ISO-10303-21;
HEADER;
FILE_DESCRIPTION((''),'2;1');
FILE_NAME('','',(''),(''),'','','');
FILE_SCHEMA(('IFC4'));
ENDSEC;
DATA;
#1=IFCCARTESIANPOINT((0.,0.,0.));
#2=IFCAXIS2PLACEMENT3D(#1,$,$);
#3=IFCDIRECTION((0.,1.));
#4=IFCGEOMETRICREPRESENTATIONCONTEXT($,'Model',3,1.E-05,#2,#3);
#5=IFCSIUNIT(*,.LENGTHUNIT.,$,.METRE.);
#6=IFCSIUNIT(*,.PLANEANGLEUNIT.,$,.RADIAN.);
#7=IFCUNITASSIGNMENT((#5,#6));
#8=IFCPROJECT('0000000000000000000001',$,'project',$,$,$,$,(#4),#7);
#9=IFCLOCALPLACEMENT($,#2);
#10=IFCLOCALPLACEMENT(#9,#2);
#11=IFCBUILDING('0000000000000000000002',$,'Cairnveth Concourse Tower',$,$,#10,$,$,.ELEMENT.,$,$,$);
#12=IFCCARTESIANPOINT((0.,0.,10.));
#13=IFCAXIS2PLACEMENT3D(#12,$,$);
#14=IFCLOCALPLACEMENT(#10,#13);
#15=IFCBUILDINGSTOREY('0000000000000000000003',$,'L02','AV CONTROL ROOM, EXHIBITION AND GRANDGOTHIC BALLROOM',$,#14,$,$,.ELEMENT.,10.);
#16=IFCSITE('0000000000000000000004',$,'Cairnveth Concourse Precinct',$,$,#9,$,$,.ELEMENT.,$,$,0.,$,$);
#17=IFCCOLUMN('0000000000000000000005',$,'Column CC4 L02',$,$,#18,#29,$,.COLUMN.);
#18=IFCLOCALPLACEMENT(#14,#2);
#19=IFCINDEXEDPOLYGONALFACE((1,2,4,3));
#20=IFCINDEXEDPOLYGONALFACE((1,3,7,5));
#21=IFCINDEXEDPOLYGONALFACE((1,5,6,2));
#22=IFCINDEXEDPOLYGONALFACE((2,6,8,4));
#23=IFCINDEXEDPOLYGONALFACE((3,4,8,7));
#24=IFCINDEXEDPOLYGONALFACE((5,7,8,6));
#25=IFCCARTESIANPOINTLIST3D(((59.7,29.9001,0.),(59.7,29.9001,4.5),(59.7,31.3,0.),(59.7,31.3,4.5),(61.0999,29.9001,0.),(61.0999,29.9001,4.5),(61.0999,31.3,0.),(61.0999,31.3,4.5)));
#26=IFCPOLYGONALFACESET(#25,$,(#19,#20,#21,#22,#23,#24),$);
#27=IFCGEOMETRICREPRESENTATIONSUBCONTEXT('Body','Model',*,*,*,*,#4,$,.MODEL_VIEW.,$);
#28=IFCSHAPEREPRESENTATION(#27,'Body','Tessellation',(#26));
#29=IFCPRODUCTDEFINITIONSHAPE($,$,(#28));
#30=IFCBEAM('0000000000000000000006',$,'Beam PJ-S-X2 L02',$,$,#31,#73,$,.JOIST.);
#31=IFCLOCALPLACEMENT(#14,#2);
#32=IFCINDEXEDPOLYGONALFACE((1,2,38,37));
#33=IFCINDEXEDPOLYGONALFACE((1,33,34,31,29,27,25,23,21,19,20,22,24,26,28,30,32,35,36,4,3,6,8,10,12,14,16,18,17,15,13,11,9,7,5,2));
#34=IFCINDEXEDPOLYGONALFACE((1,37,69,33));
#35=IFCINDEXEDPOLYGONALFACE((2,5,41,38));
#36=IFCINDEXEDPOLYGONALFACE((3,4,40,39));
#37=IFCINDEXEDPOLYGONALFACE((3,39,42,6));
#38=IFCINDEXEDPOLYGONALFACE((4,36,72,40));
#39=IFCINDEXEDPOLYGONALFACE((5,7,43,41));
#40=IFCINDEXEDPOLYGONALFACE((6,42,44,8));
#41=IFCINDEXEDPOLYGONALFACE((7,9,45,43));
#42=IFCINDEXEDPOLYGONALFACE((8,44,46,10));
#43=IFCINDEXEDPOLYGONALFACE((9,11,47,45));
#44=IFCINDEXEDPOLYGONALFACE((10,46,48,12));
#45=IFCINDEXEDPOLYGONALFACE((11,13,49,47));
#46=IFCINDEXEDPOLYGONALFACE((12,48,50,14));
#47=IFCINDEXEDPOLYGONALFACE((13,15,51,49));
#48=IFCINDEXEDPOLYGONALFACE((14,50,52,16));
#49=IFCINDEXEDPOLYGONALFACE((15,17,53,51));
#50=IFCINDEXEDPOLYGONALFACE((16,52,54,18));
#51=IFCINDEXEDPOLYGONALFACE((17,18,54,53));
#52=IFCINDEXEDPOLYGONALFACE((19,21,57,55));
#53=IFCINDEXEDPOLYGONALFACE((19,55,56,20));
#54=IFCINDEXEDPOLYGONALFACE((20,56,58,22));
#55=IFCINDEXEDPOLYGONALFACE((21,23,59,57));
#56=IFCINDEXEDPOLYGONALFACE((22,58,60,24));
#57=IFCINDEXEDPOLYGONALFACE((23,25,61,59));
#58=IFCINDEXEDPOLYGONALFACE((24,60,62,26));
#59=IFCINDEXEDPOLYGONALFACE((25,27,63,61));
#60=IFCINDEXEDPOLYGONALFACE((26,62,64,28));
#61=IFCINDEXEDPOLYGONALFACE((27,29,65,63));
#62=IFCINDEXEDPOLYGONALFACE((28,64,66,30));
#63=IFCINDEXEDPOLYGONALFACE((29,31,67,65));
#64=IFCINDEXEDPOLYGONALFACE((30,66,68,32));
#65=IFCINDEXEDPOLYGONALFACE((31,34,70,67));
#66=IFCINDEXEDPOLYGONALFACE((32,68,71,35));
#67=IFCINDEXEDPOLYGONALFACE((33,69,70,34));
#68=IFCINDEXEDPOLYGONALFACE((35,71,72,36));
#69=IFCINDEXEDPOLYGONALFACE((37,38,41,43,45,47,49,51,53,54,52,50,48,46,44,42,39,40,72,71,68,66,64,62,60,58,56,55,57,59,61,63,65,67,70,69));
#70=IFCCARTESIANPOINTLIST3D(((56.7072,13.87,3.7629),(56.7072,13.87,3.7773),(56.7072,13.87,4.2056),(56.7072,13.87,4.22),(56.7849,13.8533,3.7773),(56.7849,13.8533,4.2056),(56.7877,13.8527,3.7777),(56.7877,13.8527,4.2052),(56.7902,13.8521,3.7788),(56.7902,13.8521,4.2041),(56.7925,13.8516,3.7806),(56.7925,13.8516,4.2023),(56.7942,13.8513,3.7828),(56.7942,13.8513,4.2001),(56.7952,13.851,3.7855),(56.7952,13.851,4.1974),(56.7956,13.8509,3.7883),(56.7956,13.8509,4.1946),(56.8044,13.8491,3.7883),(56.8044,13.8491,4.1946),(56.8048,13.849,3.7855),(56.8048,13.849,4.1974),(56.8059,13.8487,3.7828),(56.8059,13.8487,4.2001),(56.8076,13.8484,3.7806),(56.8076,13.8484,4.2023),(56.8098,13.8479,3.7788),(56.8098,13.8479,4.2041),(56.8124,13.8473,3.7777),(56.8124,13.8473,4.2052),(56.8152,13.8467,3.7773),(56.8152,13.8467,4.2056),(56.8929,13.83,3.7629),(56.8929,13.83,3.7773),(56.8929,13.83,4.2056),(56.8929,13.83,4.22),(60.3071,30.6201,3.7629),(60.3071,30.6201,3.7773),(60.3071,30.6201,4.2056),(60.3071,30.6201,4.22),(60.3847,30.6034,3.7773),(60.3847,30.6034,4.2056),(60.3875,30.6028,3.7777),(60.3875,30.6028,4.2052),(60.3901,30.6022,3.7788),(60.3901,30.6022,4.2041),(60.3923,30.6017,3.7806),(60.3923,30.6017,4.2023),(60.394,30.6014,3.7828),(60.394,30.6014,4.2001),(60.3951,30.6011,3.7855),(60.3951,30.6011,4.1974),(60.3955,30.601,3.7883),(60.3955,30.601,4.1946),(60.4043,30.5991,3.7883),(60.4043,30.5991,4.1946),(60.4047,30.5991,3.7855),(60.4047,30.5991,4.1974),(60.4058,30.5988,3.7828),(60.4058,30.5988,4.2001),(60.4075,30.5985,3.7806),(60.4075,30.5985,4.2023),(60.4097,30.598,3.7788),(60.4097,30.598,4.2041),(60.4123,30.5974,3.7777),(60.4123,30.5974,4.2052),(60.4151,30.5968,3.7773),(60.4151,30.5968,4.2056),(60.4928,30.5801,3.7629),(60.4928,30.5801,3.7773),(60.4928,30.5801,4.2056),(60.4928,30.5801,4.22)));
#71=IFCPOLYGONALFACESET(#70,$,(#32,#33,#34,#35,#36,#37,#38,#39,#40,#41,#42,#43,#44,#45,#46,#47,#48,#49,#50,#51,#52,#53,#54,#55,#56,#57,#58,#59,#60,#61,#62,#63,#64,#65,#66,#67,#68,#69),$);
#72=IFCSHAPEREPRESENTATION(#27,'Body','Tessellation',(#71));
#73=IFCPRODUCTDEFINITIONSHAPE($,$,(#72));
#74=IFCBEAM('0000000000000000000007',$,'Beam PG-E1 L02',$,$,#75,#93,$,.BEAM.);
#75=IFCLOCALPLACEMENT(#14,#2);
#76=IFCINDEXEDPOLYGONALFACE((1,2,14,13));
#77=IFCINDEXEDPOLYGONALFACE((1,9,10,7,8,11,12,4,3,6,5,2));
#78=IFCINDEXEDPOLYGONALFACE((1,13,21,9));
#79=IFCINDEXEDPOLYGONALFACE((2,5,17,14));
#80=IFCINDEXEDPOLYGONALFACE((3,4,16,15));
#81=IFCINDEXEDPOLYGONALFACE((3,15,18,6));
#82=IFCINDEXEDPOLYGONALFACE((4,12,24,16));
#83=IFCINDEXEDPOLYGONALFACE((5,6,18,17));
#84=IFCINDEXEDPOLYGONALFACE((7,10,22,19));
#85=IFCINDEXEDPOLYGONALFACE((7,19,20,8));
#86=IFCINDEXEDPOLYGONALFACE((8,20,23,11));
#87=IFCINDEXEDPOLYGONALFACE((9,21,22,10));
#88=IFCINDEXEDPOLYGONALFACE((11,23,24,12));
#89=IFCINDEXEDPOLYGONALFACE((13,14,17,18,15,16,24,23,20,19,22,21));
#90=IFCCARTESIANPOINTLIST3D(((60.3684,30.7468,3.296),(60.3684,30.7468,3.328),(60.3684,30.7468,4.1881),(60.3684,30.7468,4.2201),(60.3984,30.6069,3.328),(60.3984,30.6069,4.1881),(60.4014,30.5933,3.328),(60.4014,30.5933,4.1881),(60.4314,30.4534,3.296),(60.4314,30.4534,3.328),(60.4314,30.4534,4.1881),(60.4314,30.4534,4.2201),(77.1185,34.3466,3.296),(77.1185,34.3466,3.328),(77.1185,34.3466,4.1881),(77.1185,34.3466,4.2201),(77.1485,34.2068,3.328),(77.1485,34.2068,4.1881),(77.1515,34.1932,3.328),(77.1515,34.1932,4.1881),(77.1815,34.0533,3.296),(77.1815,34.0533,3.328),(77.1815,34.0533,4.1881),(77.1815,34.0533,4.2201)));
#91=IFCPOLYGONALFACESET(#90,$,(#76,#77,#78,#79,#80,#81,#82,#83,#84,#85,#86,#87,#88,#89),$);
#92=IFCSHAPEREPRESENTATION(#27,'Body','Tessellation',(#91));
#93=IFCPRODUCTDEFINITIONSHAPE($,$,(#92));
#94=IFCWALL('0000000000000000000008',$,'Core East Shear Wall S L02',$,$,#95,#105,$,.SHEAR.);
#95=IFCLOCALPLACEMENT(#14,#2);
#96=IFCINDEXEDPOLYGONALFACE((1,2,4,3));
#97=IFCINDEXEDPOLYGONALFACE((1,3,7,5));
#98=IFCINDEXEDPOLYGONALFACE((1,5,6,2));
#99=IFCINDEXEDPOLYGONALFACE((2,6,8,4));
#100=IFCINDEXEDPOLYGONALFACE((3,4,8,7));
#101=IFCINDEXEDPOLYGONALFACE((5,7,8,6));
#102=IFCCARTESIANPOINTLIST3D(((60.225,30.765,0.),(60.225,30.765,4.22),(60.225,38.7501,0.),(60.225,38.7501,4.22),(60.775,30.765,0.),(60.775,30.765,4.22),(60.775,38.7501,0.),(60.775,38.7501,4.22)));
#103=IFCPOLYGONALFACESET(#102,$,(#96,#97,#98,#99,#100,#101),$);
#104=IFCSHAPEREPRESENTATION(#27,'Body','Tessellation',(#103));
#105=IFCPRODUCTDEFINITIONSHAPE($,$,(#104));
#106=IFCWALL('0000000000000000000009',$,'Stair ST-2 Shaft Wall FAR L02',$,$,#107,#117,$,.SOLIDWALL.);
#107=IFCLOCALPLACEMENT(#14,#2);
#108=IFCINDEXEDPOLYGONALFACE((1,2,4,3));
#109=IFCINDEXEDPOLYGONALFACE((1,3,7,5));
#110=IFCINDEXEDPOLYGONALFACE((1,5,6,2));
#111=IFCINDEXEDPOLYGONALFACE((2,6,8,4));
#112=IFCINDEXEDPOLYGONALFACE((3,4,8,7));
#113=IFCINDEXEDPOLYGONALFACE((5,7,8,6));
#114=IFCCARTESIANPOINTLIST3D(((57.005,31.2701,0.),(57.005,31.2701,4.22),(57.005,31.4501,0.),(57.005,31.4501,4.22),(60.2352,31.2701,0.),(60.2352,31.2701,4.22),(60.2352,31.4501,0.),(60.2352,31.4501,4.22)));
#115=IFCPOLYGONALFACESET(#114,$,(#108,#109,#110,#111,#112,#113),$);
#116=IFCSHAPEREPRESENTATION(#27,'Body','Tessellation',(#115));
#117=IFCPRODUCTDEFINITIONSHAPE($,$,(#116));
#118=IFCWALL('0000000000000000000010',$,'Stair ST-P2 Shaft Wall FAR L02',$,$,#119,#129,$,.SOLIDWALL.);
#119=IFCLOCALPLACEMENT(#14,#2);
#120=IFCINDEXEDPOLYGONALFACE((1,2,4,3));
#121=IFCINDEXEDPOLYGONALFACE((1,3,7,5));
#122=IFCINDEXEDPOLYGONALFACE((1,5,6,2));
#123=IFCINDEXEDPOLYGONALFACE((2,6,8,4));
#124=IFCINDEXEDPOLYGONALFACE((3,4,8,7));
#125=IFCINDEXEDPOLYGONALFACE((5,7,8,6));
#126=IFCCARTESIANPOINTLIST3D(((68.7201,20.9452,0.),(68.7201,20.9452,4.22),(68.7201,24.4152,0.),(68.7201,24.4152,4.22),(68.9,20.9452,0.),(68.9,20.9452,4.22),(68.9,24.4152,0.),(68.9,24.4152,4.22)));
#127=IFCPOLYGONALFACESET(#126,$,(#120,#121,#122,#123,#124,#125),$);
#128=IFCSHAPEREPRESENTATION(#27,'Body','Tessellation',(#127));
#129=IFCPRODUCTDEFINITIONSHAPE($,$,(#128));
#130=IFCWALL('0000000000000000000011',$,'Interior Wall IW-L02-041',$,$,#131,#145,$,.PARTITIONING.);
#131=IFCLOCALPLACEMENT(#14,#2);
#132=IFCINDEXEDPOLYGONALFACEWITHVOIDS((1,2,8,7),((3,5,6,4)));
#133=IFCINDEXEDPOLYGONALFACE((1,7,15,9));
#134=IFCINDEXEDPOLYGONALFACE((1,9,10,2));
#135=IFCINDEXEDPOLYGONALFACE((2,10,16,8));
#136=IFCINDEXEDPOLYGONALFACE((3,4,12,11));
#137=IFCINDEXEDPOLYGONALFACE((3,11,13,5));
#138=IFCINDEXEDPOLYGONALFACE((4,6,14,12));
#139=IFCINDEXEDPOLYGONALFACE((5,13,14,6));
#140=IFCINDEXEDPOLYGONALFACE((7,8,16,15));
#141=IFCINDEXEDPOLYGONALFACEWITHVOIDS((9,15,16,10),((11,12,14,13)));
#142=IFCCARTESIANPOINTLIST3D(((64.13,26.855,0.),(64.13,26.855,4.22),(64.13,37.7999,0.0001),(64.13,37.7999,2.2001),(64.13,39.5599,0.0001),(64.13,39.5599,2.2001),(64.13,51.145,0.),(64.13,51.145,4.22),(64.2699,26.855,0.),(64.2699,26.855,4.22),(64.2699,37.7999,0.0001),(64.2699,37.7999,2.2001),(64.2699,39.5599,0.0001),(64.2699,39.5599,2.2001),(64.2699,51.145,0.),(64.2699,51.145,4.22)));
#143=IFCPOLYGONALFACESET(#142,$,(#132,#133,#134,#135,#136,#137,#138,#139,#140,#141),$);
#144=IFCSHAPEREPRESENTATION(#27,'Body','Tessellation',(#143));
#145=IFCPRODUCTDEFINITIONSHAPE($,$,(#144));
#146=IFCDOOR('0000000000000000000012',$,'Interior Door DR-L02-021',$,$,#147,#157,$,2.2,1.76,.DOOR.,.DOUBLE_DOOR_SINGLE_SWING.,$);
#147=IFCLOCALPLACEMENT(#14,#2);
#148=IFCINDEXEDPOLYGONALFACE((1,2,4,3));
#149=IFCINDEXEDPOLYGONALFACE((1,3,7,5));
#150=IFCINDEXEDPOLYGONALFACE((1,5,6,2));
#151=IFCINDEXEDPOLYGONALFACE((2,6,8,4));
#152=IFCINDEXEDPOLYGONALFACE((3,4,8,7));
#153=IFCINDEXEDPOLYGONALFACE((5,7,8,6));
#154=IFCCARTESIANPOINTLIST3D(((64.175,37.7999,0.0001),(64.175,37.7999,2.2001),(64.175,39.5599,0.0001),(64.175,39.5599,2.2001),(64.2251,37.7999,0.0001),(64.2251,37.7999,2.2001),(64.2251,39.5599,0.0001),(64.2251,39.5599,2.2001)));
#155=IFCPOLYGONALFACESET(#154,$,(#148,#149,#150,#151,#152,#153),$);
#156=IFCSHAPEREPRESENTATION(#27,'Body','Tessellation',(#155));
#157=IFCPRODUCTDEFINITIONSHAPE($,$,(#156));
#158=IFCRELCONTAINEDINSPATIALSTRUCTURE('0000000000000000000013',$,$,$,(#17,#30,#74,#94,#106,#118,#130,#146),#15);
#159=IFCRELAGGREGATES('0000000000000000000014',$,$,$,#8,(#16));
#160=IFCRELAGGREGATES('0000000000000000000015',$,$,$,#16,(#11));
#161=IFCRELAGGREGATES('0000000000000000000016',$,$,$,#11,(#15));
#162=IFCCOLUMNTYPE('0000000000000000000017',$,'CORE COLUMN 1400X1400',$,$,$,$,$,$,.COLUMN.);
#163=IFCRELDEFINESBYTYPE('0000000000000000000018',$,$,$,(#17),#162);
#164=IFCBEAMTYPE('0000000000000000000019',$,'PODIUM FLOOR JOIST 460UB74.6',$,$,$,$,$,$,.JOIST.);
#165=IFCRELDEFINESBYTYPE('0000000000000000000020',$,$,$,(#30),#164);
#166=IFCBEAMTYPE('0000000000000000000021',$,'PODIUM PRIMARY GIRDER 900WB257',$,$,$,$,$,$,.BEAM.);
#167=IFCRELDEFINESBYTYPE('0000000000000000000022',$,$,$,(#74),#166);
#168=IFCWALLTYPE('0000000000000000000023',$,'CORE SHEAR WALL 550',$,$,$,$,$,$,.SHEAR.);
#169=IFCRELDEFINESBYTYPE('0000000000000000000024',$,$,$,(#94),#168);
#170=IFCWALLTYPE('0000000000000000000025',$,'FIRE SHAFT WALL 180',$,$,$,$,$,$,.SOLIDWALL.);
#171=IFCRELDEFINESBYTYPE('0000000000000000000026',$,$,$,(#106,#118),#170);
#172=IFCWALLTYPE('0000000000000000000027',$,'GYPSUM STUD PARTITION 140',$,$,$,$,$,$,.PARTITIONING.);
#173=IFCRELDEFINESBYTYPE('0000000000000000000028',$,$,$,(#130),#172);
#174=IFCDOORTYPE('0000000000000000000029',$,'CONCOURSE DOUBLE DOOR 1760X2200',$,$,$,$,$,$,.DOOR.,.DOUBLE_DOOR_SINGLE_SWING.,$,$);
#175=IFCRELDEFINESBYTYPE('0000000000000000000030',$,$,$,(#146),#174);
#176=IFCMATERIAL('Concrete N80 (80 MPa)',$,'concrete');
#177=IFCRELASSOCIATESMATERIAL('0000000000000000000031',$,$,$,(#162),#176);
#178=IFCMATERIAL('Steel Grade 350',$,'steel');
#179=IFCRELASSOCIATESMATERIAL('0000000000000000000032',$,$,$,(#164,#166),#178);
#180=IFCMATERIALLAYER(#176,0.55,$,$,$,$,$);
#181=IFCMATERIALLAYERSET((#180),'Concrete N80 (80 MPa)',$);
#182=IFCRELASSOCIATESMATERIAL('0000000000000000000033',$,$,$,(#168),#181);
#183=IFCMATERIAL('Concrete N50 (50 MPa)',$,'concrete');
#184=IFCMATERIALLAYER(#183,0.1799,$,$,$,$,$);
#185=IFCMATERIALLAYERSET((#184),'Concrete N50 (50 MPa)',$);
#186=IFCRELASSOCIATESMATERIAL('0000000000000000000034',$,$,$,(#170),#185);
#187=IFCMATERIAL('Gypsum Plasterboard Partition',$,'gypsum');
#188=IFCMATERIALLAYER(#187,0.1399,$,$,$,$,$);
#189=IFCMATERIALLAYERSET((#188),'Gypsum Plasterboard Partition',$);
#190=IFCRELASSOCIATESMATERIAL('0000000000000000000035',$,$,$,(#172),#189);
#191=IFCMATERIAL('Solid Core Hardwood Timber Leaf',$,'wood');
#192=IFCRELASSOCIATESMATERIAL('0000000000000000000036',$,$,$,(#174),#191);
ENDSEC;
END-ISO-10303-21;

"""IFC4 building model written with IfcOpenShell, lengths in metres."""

from ifc_helpers import new_model, si_unit, direction, frame, frame_2d, origin, origin_2d, place, context, subcontext, project, spatial, rectangle, i_section, extrude, material, layer, layer_set, material_profile, profile_set, type_object, element, fill, save


model = new_model("IFC4")

# Units and contexts
model_context = context("Model", 3, precision=1e-05, world=origin(), true_north=direction((0.0, 1.0)))
body_context = subcontext(model_context, "Body", "Model", "MODEL_VIEW")
ifc_project = project(units=[si_unit("LENGTHUNIT", "METRE"), si_unit("PLANEANGLEUNIT", "RADIAN")], contexts=[model_context])

# Site, building, storey
site_placement = place(None, origin())
site = spatial("IfcSite", under=ifc_project, at=site_placement, Name="Cairnveth Concourse Precinct", CompositionType="ELEMENT", RefElevation=0.0)
building_placement = place(site_placement, origin())
building = spatial("IfcBuilding", under=site, at=building_placement, Name="Cairnveth Concourse Tower", CompositionType="ELEMENT")
storey_placement = place(building_placement, frame((0.0, 0.0, 10.0)))
storey = spatial("IfcBuildingStorey", under=building, at=storey_placement, Name="L02", Description="AV CONTROL ROOM, EXHIBITION AND GRANDGOTHIC BALLROOM", CompositionType="ELEMENT", Elevation=10.0)

# Column
ifc_material_1 = material(Name="Concrete N80 (80 MPa)", Category="concrete")
ifc_material_profile_1 = material_profile(ifc_material_1, rectangle(XDim=1.3999, YDim=1.3999, at=origin_2d()), Name="RC-COL-1400x1400")
ifc_profile_set_1 = profile_set([ifc_material_profile_1], Name="Concrete N80 (80 MPa)")
column_type = type_object("IfcColumnType", Name="CORE COLUMN 1400X1400", PredefinedType="COLUMN", material=ifc_profile_set_1)
column_placement = place(storey_placement, frame((60.3999, 30.6001, 0.0), z_axis=(0.0, 0.0, 1.0), x_axis=(1.0, 0.0, 0.0)))
element("IfcColumn", 1, at=column_placement, inside=storey, type_object=column_type, Name="Column CC4 L02", PredefinedType="COLUMN", context=body_context, shape_type="SweptSolid", body=[
    extrude(rectangle(XDim=1.3999, YDim=1.3999, at=origin_2d()), origin(), (0.0, 0.0, 1.0), 4.5),
])

# Beams
ifc_material_2 = material(Name="Steel Grade 350", Category="steel")
ifc_material_profile_2 = material_profile(ifc_material_2, i_section(OverallWidth=0.1899, OverallDepth=0.457, WebThickness=0.009, FlangeThickness=0.0144, FilletRadius=0.011, at=origin_2d()), Name="460UB74.6")
ifc_profile_set_2 = profile_set([ifc_material_profile_2], Name="Steel Grade 350")
beam_type_1 = type_object("IfcBeamType", Name="PODIUM FLOOR JOIST 460UB74.6", PredefinedType="JOIST", material=ifc_profile_set_2)
beam_1_placement = place(storey_placement, frame((60.3999, 30.6001, 3.9915), z_axis=(-0.210119, -0.977676, 0.0), x_axis=(0.977676, -0.210119, 0.0)))
element("IfcBeam", 2, at=beam_1_placement, inside=storey, type_object=beam_type_1, Name="Beam PJ-S-X2 L02", PredefinedType="JOIST", context=body_context, shape_type="SweptSolid", body=[
    extrude(i_section(OverallWidth=0.1899, OverallDepth=0.457, WebThickness=0.009, FlangeThickness=0.0144, FilletRadius=0.011, at=origin_2d()), origin(), (0.0, 0.0, 1.0), 17.1326),
])
ifc_material_profile_3 = material_profile(ifc_material_2, i_section(OverallWidth=0.3, OverallDepth=0.9241, WebThickness=0.0139, FlangeThickness=0.032, at=origin_2d()), Name="900WB257")
ifc_profile_set_3 = profile_set([ifc_material_profile_3], Name="Steel Grade 350")
beam_type_2 = type_object("IfcBeamType", Name="PODIUM PRIMARY GIRDER 900WB257", PredefinedType="BEAM", material=ifc_profile_set_3)
beam_2_placement = place(storey_placement, frame((60.3999, 30.6001, 3.7581), z_axis=(0.977676, 0.210119, 0.0), x_axis=(-0.210119, 0.977676, 0.0)))
element("IfcBeam", 3, at=beam_2_placement, inside=storey, type_object=beam_type_2, Name="Beam PG-E1 L02", PredefinedType="BEAM", context=body_context, shape_type="SweptSolid", body=[
    extrude(i_section(OverallWidth=0.3, OverallDepth=0.9241, WebThickness=0.0139, FlangeThickness=0.032, at=origin_2d()), origin(), (0.0, 0.0, 1.0), 17.1326),
])

# Walls
ifc_layer_1 = layer(ifc_material_1, 0.55)
ifc_layer_set_1 = layer_set([ifc_layer_1], Name="Concrete N80 (80 MPa)")
wall_type_1 = type_object("IfcWallType", Name="CORE SHEAR WALL 550", PredefinedType="SHEAR", material=ifc_layer_set_1)
wall_1_placement = place(storey_placement, frame((60.5, 30.7649, 0.0), z_axis=(0.0, 0.0, 1.0), x_axis=(0.0, 1.0, 0.0)))
element("IfcWall", 4, at=wall_1_placement, inside=storey, type_object=wall_type_1, Name="Core East Shear Wall S L02", PredefinedType="SHEAR", context=body_context, shape_type="SweptSolid", body=[
    extrude(rectangle(XDim=7.9851, YDim=0.55, at=frame_2d((3.9927, 0.0))), origin(), (0.0, 0.0, 1.0), 4.22),
])
ifc_material_3 = material(Name="Concrete N50 (50 MPa)", Category="concrete")
ifc_layer_2 = layer(ifc_material_3, 0.1799)
ifc_layer_set_2 = layer_set([ifc_layer_2], Name="Concrete N50 (50 MPa)")
wall_type_2 = type_object("IfcWallType", Name="FIRE SHAFT WALL 180", PredefinedType="SOLIDWALL", material=ifc_layer_set_2)
wall_2_placement = place(storey_placement, frame((57.0049, 31.3601, 0.0), z_axis=(0.0, 0.0, 1.0), x_axis=(1.0, 0.0, 0.0)))
element("IfcWall", 5, at=wall_2_placement, inside=storey, type_object=wall_type_2, Name="Stair ST-2 Shaft Wall FAR L02", PredefinedType="SOLIDWALL", context=body_context, shape_type="SweptSolid", body=[
    extrude(rectangle(XDim=3.2302, YDim=0.1799, at=frame_2d((1.6152, 0.0))), origin(), (0.0, 0.0, 1.0), 4.22),
])
wall_3_placement = place(storey_placement, frame((68.8101, 24.415, 0.0), z_axis=(0.0, 0.0, 1.0), x_axis=(0.0, -1.0, 0.0)))
element("IfcWall", 6, at=wall_3_placement, inside=storey, type_object=wall_type_2, Name="Stair ST-P2 Shaft Wall FAR L02", PredefinedType="SOLIDWALL", context=body_context, shape_type="SweptSolid", body=[
    extrude(rectangle(XDim=3.47, YDim=0.1799, at=frame_2d((1.7349, 0.0))), origin(), (0.0, 0.0, 1.0), 4.22),
])

# Wall, opening, door
ifc_material_4 = material(Name="Gypsum Plasterboard Partition", Category="gypsum")
ifc_layer_3 = layer(ifc_material_4, 0.1399)
ifc_layer_set_3 = layer_set([ifc_layer_3], Name="Gypsum Plasterboard Partition")
wall_type_3 = type_object("IfcWallType", Name="GYPSUM STUD PARTITION 140", PredefinedType="PARTITIONING", material=ifc_layer_set_3)
wall_4_placement = place(storey_placement, frame((64.2, 26.855, 0.0), z_axis=(0.0, 0.0, 1.0), x_axis=(0.0, 1.0, 0.0)))
wall_4 = element("IfcWall", 7, at=wall_4_placement, inside=storey, type_object=wall_type_3, Name="Interior Wall IW-L02-041", PredefinedType="PARTITIONING", context=body_context, shape_type="SweptSolid", body=[
    extrude(rectangle(XDim=24.29, YDim=0.1399, at=frame_2d((12.145, 0.0))), origin(), (0.0, 0.0, 1.0), 4.22),
])
opening_placement = place(wall_4_placement, frame((10.9451, 0.0, 0.0)))
opening = element("IfcOpeningElement", 8, at=opening_placement, cuts=wall_4, PredefinedType="OPENING", context=body_context, shape_type="SweptSolid", body=[
    extrude(rectangle(XDim=1.76, YDim=2.2, at=frame_2d((0.8799, 1.1001))), frame((0.0, 0.0798, 0.0), z_axis=(0.0, -1.0, 0.0), x_axis=(1.0, 0.0, 0.0)), (0.0, 0.0, 1.0), 0.1599),
])
ifc_material_5 = material(Name="Solid Core Hardwood Timber Leaf", Category="wood")
door_type = type_object("IfcDoorType", Name="CONCOURSE DOUBLE DOOR 1760X2200", OperationType="DOUBLE_DOOR_SINGLE_SWING", PredefinedType="DOOR", material=ifc_material_5)
door_placement = place(opening_placement, origin())
door = element("IfcDoor", 9, at=door_placement, inside=storey, type_object=door_type, Name="Interior Door DR-L02-021", OperationType="DOUBLE_DOOR_SINGLE_SWING", OverallHeight=2.2, OverallWidth=1.76, PredefinedType="DOOR", context=body_context, shape_type="SweptSolid", body=[
    extrude(rectangle(XDim=1.76, YDim=2.2, at=frame_2d((0.8799, 1.1001))), frame((0.0, 0.0249, 0.0), z_axis=(0.0, -1.0, 0.0), x_axis=(1.0, 0.0, 0.0)), (0.0, 0.0, 1.0), 0.05),
])
fill(opening, door)

save(model, "model.ifc")
